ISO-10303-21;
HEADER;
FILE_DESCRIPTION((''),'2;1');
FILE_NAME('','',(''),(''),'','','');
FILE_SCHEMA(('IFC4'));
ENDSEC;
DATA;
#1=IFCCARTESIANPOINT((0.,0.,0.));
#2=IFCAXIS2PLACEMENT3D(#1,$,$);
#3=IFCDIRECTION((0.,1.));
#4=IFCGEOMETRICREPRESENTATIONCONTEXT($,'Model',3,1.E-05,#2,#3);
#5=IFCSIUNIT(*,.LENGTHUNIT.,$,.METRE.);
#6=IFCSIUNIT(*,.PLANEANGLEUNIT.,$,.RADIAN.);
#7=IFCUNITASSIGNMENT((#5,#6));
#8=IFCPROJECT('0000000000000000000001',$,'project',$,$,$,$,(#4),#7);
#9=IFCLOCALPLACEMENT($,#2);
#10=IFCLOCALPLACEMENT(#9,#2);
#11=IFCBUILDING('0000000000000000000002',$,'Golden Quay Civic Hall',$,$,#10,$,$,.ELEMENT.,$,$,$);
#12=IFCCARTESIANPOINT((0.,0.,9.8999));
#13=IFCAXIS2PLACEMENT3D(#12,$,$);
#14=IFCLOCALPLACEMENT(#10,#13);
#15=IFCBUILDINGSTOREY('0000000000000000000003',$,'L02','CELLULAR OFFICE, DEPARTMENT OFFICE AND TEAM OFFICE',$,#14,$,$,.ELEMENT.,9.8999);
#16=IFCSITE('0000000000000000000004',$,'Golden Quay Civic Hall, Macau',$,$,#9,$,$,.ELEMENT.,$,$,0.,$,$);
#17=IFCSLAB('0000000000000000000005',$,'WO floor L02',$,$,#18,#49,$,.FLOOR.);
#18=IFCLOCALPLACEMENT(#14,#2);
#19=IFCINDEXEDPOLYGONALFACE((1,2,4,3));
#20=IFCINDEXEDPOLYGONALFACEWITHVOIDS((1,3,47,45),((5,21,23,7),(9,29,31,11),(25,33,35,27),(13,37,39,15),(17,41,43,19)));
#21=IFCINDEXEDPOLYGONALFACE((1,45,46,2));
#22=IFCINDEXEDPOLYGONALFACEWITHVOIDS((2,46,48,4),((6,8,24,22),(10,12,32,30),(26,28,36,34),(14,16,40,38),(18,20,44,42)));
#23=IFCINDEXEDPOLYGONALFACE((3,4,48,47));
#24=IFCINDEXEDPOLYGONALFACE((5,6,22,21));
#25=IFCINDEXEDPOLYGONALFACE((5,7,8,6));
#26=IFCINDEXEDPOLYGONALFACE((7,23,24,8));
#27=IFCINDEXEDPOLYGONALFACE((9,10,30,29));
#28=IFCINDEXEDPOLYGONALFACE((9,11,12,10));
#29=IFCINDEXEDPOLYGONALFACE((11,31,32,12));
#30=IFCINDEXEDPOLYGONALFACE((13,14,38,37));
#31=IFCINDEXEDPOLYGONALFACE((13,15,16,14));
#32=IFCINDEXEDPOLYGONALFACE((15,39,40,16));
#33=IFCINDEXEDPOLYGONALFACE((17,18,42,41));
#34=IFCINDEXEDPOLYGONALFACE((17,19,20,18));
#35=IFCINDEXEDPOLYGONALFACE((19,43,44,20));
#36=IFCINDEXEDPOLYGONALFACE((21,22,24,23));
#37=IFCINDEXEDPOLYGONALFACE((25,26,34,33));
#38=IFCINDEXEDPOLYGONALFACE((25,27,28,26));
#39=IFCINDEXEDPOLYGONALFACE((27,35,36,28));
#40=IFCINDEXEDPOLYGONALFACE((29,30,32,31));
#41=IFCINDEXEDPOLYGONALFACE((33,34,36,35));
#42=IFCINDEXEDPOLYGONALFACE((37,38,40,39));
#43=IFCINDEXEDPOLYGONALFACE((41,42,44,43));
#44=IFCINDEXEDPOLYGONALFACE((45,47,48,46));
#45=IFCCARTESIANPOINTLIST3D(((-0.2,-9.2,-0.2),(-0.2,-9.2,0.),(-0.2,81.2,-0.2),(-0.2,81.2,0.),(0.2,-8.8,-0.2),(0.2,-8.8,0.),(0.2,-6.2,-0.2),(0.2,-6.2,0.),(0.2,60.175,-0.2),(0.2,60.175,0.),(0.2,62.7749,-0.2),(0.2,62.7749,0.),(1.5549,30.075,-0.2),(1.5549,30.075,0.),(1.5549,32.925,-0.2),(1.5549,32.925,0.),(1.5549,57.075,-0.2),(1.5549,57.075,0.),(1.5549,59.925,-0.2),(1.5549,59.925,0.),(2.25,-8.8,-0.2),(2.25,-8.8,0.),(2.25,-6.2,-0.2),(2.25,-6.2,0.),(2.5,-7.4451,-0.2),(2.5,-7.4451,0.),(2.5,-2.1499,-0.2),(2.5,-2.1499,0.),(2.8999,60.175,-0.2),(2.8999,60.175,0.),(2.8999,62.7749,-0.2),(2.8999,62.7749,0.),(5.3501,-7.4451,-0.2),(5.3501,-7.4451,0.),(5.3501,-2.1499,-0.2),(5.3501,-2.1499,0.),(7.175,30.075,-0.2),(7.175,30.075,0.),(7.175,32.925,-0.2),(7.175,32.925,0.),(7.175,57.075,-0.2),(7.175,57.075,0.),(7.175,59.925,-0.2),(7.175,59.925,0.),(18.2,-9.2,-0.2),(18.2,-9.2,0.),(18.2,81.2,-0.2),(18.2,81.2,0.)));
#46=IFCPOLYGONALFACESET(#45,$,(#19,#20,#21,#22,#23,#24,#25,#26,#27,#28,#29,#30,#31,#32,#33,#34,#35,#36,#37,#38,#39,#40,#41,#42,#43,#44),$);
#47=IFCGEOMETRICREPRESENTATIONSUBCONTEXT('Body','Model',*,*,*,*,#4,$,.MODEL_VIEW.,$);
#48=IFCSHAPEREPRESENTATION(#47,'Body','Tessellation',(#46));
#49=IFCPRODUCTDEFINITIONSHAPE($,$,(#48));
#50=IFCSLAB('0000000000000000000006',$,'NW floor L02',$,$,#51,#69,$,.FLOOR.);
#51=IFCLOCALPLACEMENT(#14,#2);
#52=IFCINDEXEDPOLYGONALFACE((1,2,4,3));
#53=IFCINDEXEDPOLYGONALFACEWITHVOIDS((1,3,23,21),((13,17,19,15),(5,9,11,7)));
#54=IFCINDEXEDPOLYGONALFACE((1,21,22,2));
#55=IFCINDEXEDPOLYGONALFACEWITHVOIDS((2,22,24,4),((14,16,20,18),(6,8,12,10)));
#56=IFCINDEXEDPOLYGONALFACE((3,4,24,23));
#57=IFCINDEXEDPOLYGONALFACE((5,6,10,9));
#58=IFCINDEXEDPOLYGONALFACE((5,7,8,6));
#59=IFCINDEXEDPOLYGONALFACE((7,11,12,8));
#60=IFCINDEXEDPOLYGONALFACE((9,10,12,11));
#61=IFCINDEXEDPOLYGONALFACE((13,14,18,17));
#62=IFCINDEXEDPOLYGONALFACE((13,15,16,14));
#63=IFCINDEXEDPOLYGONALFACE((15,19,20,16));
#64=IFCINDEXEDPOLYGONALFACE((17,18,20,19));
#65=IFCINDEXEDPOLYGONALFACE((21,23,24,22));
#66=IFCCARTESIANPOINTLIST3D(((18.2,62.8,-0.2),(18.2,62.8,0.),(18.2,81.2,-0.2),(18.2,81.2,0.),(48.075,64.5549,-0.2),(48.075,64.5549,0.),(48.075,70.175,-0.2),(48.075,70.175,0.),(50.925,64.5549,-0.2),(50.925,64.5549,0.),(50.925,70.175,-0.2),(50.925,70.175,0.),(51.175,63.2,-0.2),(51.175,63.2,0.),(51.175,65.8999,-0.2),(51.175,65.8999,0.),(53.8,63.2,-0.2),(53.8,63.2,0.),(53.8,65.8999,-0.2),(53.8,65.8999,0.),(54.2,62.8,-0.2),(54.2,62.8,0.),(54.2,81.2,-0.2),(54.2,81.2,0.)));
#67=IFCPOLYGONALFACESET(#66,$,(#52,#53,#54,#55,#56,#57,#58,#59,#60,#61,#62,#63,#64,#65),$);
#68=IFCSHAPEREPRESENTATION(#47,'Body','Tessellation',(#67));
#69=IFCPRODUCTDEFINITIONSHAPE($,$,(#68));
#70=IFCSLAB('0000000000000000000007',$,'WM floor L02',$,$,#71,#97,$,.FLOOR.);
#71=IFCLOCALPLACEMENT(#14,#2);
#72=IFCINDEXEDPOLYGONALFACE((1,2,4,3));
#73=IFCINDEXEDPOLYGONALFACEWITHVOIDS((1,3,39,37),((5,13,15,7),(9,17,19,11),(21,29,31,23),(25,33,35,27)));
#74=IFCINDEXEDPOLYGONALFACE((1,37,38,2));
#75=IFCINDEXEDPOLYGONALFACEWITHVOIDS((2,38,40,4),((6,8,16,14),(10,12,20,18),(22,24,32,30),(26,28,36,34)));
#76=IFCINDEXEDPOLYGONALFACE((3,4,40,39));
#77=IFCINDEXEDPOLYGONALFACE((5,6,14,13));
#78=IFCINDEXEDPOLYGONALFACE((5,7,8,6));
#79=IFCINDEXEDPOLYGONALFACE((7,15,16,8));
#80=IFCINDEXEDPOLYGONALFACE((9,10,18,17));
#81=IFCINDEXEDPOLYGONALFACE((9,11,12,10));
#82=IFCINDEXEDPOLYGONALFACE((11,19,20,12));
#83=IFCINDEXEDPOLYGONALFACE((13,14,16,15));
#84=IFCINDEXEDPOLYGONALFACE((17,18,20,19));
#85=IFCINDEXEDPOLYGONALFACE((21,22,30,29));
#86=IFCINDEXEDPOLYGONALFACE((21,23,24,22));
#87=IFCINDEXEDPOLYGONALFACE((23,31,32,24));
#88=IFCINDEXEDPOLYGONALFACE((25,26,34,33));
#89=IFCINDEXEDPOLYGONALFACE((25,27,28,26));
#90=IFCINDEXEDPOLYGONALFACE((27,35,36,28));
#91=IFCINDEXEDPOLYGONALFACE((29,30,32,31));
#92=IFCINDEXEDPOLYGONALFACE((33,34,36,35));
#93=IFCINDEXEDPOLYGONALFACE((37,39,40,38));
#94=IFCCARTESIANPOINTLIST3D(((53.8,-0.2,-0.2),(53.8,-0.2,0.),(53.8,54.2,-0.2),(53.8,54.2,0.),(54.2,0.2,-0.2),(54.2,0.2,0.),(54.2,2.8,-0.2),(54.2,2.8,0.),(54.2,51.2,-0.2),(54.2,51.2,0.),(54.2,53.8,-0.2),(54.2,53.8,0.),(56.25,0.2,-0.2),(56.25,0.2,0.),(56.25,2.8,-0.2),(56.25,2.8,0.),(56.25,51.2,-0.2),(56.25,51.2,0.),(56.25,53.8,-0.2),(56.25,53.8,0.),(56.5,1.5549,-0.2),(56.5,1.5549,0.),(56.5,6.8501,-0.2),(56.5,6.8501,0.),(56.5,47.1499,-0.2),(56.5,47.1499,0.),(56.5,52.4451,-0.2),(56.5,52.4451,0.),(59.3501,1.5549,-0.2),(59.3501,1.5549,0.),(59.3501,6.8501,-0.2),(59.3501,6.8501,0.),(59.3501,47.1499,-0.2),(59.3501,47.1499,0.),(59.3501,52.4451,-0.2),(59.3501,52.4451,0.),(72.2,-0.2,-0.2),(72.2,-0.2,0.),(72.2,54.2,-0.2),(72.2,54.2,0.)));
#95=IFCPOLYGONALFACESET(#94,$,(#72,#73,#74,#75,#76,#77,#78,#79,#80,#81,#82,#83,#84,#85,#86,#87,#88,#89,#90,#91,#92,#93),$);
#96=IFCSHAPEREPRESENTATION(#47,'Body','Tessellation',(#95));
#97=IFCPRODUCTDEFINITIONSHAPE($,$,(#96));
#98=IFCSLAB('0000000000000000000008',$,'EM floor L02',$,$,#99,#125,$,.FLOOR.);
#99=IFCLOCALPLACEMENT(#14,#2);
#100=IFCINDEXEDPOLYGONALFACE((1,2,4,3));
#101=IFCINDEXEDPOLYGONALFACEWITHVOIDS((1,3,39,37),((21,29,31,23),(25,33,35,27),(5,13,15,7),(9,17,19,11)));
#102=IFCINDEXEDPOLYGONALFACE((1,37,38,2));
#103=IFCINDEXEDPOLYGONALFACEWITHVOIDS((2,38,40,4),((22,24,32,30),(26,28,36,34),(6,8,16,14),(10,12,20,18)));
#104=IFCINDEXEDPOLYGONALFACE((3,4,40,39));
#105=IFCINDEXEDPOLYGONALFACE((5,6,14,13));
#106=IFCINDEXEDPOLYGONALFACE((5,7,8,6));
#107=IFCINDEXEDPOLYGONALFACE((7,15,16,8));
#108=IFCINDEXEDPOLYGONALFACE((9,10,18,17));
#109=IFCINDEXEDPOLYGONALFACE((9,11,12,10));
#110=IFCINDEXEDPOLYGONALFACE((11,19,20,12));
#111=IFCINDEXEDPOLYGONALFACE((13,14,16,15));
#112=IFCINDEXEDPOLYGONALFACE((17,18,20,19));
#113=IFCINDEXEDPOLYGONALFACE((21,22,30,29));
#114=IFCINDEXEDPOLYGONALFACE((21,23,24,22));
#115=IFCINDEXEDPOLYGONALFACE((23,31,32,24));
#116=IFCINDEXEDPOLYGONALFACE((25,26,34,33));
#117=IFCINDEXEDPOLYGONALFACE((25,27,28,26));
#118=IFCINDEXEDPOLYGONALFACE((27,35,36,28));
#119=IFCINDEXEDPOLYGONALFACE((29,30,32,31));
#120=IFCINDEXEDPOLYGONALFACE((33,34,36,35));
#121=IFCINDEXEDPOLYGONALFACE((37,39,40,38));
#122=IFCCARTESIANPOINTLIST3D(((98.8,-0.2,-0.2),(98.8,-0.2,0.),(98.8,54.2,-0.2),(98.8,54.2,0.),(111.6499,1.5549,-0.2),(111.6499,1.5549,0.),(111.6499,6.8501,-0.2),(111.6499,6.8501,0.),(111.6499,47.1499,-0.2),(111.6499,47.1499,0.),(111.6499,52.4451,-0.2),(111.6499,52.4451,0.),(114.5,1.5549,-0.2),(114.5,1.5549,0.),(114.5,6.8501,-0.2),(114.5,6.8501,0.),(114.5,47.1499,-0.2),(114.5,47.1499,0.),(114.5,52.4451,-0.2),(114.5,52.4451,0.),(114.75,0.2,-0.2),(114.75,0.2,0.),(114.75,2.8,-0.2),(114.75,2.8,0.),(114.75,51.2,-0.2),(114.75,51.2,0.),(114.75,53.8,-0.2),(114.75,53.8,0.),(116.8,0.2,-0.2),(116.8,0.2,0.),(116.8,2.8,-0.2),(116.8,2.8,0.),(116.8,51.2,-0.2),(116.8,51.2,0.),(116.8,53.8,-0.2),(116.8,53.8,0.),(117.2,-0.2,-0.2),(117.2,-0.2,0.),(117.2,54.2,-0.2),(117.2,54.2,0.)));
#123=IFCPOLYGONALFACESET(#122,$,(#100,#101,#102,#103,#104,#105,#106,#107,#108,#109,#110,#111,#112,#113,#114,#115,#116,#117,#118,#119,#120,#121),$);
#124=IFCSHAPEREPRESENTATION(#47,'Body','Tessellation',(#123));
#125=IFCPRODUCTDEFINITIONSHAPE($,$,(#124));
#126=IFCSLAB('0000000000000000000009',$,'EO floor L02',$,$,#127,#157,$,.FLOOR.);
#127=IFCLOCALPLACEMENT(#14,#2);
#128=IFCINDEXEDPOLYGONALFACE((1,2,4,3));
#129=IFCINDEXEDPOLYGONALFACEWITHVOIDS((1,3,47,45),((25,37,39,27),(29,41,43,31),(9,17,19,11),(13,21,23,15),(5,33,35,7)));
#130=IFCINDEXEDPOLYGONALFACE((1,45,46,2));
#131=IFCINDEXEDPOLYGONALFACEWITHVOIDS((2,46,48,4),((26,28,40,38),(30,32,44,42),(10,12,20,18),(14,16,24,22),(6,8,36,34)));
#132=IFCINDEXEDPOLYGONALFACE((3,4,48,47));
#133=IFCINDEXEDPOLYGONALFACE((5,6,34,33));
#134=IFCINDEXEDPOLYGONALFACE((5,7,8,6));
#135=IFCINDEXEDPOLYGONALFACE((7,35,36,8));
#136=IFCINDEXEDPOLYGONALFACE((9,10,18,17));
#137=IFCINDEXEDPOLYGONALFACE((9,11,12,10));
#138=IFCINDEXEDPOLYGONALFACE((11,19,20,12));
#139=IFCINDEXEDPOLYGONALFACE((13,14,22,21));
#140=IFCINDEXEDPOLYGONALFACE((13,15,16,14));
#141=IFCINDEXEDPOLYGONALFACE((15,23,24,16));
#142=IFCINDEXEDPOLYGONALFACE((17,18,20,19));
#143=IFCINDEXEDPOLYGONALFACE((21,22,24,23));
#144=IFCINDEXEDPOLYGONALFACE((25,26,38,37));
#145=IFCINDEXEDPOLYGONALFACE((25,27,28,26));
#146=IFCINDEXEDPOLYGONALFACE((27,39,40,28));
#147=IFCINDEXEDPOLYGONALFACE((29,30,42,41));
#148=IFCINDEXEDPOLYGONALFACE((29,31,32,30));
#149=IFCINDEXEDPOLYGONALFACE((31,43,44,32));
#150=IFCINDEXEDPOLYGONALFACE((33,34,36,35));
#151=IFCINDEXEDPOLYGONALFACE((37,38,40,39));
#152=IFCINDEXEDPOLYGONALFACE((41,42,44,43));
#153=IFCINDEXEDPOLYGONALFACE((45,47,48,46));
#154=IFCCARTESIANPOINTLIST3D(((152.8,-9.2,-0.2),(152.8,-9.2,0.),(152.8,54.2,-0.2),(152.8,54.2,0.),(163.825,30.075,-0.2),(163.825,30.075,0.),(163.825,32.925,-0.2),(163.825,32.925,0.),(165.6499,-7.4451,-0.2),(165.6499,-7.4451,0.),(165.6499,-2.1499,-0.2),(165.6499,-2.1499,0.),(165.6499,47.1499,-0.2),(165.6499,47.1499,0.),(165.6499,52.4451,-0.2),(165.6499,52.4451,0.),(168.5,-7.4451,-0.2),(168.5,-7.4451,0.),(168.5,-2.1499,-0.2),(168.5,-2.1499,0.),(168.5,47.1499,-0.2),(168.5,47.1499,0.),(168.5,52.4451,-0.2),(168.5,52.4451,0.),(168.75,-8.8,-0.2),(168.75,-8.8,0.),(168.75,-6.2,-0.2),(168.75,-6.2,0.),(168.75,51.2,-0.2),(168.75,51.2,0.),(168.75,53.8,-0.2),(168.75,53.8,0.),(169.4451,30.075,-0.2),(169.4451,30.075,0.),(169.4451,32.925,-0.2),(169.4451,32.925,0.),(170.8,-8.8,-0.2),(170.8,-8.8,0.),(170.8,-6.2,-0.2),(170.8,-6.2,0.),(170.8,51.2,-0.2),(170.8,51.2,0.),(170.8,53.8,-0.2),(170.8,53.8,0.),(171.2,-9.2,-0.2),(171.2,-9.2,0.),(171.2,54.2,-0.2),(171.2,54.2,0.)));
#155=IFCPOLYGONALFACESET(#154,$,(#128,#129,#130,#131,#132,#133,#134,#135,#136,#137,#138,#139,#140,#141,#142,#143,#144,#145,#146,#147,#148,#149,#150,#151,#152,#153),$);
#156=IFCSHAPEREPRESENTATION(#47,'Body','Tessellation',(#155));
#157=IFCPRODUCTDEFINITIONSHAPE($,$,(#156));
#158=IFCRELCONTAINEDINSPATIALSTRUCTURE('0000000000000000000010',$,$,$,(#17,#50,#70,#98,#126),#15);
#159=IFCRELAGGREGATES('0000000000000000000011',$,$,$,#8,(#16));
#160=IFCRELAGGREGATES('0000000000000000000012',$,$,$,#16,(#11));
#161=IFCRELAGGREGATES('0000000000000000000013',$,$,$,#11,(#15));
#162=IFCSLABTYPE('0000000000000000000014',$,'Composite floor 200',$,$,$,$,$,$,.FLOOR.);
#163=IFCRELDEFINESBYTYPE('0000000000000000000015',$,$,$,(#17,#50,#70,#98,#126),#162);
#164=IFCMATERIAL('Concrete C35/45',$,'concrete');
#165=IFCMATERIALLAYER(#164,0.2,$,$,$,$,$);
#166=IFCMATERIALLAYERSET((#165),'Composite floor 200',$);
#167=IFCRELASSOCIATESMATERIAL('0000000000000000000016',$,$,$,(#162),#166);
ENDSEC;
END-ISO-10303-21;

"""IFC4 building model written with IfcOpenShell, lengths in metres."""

from ifc_helpers import new_model, si_unit, direction, frame, origin, place, context, subcontext, project, spatial, polyline, outline, extrude, material, layer, layer_set, type_object, element, save


model = new_model("IFC4")

# Units and contexts
model_context = context("Model", 3, precision=1e-05, world=origin(), true_north=direction((0.0, 1.0)))
body_context = subcontext(model_context, "Body", "Model", "MODEL_VIEW")
ifc_project = project(units=[si_unit("LENGTHUNIT", "METRE"), si_unit("PLANEANGLEUNIT", "RADIAN")], contexts=[model_context])

# Site, building, storey
site_placement = place(None, origin())
site = spatial("IfcSite", under=ifc_project, at=site_placement, Name="Golden Quay Civic Hall, Macau", CompositionType="ELEMENT", RefElevation=0.0)
building_placement = place(site_placement, origin())
building = spatial("IfcBuilding", under=site, at=building_placement, Name="Golden Quay Civic Hall", CompositionType="ELEMENT")
storey_placement = place(building_placement, frame((0.0, 0.0, 9.8999)))
storey = spatial("IfcBuildingStorey", under=building, at=storey_placement, Name="L02", Description="CELLULAR OFFICE, DEPARTMENT OFFICE AND TEAM OFFICE", CompositionType="ELEMENT", Elevation=9.8999)

# Slabs
ifc_material_1 = material(Name="Concrete C35/45", Category="concrete")
ifc_layer_1 = layer(ifc_material_1, 0.2)
ifc_layer_set_1 = layer_set([ifc_layer_1], Name="Composite floor 200")
slab_type_1 = type_object("IfcSlabType", Name="Composite floor 200", PredefinedType="FLOOR", material=ifc_layer_set_1)
slab_1_placement = place(storey_placement, frame((0.0, 0.0, -0.2)))
element("IfcSlab", 1, at=slab_1_placement, inside=storey, type_object=slab_type_1, Name="WO floor L02", PredefinedType="FLOOR", context=body_context, shape_type="SweptSolid", body=[
    extrude(outline(polyline([(-0.2, -9.2), (-0.2, 81.2), (18.2, 81.2), (18.2, -9.2), (-0.2, -9.2)]), holes=[polyline([(5.3501, -2.1499), (2.5, -2.1499), (2.5, -7.4451), (5.3501, -7.4451), (5.3501, -2.1499)]), polyline([(2.25, -8.8), (2.25, -6.2), (0.2, -6.2), (0.2, -8.8), (2.25, -8.8)]), polyline([(1.5549, 57.075), (7.175, 57.075), (7.175, 59.925), (1.5549, 59.925), (1.5549, 57.075)]), polyline([(0.2, 62.7749), (0.2, 60.175), (2.8999, 60.175), (2.8999, 62.7749), (0.2, 62.7749)]), polyline([(7.175, 32.925), (1.5549, 32.925), (1.5549, 30.075), (7.175, 30.075), (7.175, 32.925)])]), origin(), (0.0, 0.0, 1.0), 0.2),
])
slab_2_placement = place(storey_placement, frame((0.0, 0.0, -0.2)))
element("IfcSlab", 2, at=slab_2_placement, inside=storey, type_object=slab_type_1, Name="NW floor L02", PredefinedType="FLOOR", context=body_context, shape_type="SweptSolid", body=[
    extrude(outline(polyline([(18.2, 62.8), (18.2, 81.2), (54.2, 81.2), (54.2, 62.8), (18.2, 62.8)]), holes=[polyline([(48.075, 70.175), (48.075, 64.5549), (50.925, 64.5549), (50.925, 70.175), (48.075, 70.175)]), polyline([(53.8, 65.8999), (51.175, 65.8999), (51.175, 63.2), (53.8, 63.2), (53.8, 65.8999)])]), origin(), (0.0, 0.0, 1.0), 0.2),
])
slab_3_placement = place(storey_placement, frame((0.0, 0.0, -0.2)))
element("IfcSlab", 3, at=slab_3_placement, inside=storey, type_object=slab_type_1, Name="WM floor L02", PredefinedType="FLOOR", context=body_context, shape_type="SweptSolid", body=[
    extrude(outline(polyline([(72.2, -0.2), (53.8, -0.2), (53.8, 54.2), (72.2, 54.2), (72.2, -0.2)]), holes=[polyline([(59.3501, 1.5549), (59.3501, 6.8501), (56.5, 6.8501), (56.5, 1.5549), (59.3501, 1.5549)]), polyline([(54.2, 0.2), (56.25, 0.2), (56.25, 2.8), (54.2, 2.8), (54.2, 0.2)]), polyline([(56.5, 52.4451), (56.5, 47.1499), (59.3501, 47.1499), (59.3501, 52.4451), (56.5, 52.4451)]), polyline([(56.25, 53.8), (54.2, 53.8), (54.2, 51.2), (56.25, 51.2), (56.25, 53.8)])]), origin(), (0.0, 0.0, 1.0), 0.2),
])
slab_4_placement = place(storey_placement, frame((0.0, 0.0, -0.2)))
element("IfcSlab", 4, at=slab_4_placement, inside=storey, type_object=slab_type_1, Name="EM floor L02", PredefinedType="FLOOR", context=body_context, shape_type="SweptSolid", body=[
    extrude(outline(polyline([(117.2, -0.2), (98.8, -0.2), (98.8, 54.2), (117.2, 54.2), (117.2, -0.2)]), holes=[polyline([(114.5, 1.5549), (114.5, 6.8501), (111.6499, 6.8501), (111.6499, 1.5549), (114.5, 1.5549)]), polyline([(114.75, 0.2), (116.8, 0.2), (116.8, 2.8), (114.75, 2.8), (114.75, 0.2)]), polyline([(111.6499, 52.4451), (111.6499, 47.1499), (114.5, 47.1499), (114.5, 52.4451), (111.6499, 52.4451)]), polyline([(116.8, 53.8), (114.75, 53.8), (114.75, 51.2), (116.8, 51.2), (116.8, 53.8)])]), origin(), (0.0, 0.0, 1.0), 0.2),
])
slab_5_placement = place(storey_placement, frame((0.0, 0.0, -0.2)))
element("IfcSlab", 5, at=slab_5_placement, inside=storey, type_object=slab_type_1, Name="EO floor L02", PredefinedType="FLOOR", context=body_context, shape_type="SweptSolid", body=[
    extrude(outline(polyline([(152.8, -9.2), (152.8, 54.2), (171.2, 54.2), (171.2, -9.2), (152.8, -9.2)]), holes=[polyline([(168.5, -2.1499), (165.6499, -2.1499), (165.6499, -7.4451), (168.5, -7.4451), (168.5, -2.1499)]), polyline([(170.8, -8.8), (170.8, -6.2), (168.75, -6.2), (168.75, -8.8), (170.8, -8.8)]), polyline([(165.6499, 47.1499), (168.5, 47.1499), (168.5, 52.4451), (165.6499, 52.4451), (165.6499, 47.1499)]), polyline([(168.75, 53.8), (168.75, 51.2), (170.8, 51.2), (170.8, 53.8), (168.75, 53.8)]), polyline([(169.4451, 32.925), (163.825, 32.925), (163.825, 30.075), (169.4451, 30.075), (169.4451, 32.925)])]), origin(), (0.0, 0.0, 1.0), 0.2),
])

save(model, "model.ifc")
